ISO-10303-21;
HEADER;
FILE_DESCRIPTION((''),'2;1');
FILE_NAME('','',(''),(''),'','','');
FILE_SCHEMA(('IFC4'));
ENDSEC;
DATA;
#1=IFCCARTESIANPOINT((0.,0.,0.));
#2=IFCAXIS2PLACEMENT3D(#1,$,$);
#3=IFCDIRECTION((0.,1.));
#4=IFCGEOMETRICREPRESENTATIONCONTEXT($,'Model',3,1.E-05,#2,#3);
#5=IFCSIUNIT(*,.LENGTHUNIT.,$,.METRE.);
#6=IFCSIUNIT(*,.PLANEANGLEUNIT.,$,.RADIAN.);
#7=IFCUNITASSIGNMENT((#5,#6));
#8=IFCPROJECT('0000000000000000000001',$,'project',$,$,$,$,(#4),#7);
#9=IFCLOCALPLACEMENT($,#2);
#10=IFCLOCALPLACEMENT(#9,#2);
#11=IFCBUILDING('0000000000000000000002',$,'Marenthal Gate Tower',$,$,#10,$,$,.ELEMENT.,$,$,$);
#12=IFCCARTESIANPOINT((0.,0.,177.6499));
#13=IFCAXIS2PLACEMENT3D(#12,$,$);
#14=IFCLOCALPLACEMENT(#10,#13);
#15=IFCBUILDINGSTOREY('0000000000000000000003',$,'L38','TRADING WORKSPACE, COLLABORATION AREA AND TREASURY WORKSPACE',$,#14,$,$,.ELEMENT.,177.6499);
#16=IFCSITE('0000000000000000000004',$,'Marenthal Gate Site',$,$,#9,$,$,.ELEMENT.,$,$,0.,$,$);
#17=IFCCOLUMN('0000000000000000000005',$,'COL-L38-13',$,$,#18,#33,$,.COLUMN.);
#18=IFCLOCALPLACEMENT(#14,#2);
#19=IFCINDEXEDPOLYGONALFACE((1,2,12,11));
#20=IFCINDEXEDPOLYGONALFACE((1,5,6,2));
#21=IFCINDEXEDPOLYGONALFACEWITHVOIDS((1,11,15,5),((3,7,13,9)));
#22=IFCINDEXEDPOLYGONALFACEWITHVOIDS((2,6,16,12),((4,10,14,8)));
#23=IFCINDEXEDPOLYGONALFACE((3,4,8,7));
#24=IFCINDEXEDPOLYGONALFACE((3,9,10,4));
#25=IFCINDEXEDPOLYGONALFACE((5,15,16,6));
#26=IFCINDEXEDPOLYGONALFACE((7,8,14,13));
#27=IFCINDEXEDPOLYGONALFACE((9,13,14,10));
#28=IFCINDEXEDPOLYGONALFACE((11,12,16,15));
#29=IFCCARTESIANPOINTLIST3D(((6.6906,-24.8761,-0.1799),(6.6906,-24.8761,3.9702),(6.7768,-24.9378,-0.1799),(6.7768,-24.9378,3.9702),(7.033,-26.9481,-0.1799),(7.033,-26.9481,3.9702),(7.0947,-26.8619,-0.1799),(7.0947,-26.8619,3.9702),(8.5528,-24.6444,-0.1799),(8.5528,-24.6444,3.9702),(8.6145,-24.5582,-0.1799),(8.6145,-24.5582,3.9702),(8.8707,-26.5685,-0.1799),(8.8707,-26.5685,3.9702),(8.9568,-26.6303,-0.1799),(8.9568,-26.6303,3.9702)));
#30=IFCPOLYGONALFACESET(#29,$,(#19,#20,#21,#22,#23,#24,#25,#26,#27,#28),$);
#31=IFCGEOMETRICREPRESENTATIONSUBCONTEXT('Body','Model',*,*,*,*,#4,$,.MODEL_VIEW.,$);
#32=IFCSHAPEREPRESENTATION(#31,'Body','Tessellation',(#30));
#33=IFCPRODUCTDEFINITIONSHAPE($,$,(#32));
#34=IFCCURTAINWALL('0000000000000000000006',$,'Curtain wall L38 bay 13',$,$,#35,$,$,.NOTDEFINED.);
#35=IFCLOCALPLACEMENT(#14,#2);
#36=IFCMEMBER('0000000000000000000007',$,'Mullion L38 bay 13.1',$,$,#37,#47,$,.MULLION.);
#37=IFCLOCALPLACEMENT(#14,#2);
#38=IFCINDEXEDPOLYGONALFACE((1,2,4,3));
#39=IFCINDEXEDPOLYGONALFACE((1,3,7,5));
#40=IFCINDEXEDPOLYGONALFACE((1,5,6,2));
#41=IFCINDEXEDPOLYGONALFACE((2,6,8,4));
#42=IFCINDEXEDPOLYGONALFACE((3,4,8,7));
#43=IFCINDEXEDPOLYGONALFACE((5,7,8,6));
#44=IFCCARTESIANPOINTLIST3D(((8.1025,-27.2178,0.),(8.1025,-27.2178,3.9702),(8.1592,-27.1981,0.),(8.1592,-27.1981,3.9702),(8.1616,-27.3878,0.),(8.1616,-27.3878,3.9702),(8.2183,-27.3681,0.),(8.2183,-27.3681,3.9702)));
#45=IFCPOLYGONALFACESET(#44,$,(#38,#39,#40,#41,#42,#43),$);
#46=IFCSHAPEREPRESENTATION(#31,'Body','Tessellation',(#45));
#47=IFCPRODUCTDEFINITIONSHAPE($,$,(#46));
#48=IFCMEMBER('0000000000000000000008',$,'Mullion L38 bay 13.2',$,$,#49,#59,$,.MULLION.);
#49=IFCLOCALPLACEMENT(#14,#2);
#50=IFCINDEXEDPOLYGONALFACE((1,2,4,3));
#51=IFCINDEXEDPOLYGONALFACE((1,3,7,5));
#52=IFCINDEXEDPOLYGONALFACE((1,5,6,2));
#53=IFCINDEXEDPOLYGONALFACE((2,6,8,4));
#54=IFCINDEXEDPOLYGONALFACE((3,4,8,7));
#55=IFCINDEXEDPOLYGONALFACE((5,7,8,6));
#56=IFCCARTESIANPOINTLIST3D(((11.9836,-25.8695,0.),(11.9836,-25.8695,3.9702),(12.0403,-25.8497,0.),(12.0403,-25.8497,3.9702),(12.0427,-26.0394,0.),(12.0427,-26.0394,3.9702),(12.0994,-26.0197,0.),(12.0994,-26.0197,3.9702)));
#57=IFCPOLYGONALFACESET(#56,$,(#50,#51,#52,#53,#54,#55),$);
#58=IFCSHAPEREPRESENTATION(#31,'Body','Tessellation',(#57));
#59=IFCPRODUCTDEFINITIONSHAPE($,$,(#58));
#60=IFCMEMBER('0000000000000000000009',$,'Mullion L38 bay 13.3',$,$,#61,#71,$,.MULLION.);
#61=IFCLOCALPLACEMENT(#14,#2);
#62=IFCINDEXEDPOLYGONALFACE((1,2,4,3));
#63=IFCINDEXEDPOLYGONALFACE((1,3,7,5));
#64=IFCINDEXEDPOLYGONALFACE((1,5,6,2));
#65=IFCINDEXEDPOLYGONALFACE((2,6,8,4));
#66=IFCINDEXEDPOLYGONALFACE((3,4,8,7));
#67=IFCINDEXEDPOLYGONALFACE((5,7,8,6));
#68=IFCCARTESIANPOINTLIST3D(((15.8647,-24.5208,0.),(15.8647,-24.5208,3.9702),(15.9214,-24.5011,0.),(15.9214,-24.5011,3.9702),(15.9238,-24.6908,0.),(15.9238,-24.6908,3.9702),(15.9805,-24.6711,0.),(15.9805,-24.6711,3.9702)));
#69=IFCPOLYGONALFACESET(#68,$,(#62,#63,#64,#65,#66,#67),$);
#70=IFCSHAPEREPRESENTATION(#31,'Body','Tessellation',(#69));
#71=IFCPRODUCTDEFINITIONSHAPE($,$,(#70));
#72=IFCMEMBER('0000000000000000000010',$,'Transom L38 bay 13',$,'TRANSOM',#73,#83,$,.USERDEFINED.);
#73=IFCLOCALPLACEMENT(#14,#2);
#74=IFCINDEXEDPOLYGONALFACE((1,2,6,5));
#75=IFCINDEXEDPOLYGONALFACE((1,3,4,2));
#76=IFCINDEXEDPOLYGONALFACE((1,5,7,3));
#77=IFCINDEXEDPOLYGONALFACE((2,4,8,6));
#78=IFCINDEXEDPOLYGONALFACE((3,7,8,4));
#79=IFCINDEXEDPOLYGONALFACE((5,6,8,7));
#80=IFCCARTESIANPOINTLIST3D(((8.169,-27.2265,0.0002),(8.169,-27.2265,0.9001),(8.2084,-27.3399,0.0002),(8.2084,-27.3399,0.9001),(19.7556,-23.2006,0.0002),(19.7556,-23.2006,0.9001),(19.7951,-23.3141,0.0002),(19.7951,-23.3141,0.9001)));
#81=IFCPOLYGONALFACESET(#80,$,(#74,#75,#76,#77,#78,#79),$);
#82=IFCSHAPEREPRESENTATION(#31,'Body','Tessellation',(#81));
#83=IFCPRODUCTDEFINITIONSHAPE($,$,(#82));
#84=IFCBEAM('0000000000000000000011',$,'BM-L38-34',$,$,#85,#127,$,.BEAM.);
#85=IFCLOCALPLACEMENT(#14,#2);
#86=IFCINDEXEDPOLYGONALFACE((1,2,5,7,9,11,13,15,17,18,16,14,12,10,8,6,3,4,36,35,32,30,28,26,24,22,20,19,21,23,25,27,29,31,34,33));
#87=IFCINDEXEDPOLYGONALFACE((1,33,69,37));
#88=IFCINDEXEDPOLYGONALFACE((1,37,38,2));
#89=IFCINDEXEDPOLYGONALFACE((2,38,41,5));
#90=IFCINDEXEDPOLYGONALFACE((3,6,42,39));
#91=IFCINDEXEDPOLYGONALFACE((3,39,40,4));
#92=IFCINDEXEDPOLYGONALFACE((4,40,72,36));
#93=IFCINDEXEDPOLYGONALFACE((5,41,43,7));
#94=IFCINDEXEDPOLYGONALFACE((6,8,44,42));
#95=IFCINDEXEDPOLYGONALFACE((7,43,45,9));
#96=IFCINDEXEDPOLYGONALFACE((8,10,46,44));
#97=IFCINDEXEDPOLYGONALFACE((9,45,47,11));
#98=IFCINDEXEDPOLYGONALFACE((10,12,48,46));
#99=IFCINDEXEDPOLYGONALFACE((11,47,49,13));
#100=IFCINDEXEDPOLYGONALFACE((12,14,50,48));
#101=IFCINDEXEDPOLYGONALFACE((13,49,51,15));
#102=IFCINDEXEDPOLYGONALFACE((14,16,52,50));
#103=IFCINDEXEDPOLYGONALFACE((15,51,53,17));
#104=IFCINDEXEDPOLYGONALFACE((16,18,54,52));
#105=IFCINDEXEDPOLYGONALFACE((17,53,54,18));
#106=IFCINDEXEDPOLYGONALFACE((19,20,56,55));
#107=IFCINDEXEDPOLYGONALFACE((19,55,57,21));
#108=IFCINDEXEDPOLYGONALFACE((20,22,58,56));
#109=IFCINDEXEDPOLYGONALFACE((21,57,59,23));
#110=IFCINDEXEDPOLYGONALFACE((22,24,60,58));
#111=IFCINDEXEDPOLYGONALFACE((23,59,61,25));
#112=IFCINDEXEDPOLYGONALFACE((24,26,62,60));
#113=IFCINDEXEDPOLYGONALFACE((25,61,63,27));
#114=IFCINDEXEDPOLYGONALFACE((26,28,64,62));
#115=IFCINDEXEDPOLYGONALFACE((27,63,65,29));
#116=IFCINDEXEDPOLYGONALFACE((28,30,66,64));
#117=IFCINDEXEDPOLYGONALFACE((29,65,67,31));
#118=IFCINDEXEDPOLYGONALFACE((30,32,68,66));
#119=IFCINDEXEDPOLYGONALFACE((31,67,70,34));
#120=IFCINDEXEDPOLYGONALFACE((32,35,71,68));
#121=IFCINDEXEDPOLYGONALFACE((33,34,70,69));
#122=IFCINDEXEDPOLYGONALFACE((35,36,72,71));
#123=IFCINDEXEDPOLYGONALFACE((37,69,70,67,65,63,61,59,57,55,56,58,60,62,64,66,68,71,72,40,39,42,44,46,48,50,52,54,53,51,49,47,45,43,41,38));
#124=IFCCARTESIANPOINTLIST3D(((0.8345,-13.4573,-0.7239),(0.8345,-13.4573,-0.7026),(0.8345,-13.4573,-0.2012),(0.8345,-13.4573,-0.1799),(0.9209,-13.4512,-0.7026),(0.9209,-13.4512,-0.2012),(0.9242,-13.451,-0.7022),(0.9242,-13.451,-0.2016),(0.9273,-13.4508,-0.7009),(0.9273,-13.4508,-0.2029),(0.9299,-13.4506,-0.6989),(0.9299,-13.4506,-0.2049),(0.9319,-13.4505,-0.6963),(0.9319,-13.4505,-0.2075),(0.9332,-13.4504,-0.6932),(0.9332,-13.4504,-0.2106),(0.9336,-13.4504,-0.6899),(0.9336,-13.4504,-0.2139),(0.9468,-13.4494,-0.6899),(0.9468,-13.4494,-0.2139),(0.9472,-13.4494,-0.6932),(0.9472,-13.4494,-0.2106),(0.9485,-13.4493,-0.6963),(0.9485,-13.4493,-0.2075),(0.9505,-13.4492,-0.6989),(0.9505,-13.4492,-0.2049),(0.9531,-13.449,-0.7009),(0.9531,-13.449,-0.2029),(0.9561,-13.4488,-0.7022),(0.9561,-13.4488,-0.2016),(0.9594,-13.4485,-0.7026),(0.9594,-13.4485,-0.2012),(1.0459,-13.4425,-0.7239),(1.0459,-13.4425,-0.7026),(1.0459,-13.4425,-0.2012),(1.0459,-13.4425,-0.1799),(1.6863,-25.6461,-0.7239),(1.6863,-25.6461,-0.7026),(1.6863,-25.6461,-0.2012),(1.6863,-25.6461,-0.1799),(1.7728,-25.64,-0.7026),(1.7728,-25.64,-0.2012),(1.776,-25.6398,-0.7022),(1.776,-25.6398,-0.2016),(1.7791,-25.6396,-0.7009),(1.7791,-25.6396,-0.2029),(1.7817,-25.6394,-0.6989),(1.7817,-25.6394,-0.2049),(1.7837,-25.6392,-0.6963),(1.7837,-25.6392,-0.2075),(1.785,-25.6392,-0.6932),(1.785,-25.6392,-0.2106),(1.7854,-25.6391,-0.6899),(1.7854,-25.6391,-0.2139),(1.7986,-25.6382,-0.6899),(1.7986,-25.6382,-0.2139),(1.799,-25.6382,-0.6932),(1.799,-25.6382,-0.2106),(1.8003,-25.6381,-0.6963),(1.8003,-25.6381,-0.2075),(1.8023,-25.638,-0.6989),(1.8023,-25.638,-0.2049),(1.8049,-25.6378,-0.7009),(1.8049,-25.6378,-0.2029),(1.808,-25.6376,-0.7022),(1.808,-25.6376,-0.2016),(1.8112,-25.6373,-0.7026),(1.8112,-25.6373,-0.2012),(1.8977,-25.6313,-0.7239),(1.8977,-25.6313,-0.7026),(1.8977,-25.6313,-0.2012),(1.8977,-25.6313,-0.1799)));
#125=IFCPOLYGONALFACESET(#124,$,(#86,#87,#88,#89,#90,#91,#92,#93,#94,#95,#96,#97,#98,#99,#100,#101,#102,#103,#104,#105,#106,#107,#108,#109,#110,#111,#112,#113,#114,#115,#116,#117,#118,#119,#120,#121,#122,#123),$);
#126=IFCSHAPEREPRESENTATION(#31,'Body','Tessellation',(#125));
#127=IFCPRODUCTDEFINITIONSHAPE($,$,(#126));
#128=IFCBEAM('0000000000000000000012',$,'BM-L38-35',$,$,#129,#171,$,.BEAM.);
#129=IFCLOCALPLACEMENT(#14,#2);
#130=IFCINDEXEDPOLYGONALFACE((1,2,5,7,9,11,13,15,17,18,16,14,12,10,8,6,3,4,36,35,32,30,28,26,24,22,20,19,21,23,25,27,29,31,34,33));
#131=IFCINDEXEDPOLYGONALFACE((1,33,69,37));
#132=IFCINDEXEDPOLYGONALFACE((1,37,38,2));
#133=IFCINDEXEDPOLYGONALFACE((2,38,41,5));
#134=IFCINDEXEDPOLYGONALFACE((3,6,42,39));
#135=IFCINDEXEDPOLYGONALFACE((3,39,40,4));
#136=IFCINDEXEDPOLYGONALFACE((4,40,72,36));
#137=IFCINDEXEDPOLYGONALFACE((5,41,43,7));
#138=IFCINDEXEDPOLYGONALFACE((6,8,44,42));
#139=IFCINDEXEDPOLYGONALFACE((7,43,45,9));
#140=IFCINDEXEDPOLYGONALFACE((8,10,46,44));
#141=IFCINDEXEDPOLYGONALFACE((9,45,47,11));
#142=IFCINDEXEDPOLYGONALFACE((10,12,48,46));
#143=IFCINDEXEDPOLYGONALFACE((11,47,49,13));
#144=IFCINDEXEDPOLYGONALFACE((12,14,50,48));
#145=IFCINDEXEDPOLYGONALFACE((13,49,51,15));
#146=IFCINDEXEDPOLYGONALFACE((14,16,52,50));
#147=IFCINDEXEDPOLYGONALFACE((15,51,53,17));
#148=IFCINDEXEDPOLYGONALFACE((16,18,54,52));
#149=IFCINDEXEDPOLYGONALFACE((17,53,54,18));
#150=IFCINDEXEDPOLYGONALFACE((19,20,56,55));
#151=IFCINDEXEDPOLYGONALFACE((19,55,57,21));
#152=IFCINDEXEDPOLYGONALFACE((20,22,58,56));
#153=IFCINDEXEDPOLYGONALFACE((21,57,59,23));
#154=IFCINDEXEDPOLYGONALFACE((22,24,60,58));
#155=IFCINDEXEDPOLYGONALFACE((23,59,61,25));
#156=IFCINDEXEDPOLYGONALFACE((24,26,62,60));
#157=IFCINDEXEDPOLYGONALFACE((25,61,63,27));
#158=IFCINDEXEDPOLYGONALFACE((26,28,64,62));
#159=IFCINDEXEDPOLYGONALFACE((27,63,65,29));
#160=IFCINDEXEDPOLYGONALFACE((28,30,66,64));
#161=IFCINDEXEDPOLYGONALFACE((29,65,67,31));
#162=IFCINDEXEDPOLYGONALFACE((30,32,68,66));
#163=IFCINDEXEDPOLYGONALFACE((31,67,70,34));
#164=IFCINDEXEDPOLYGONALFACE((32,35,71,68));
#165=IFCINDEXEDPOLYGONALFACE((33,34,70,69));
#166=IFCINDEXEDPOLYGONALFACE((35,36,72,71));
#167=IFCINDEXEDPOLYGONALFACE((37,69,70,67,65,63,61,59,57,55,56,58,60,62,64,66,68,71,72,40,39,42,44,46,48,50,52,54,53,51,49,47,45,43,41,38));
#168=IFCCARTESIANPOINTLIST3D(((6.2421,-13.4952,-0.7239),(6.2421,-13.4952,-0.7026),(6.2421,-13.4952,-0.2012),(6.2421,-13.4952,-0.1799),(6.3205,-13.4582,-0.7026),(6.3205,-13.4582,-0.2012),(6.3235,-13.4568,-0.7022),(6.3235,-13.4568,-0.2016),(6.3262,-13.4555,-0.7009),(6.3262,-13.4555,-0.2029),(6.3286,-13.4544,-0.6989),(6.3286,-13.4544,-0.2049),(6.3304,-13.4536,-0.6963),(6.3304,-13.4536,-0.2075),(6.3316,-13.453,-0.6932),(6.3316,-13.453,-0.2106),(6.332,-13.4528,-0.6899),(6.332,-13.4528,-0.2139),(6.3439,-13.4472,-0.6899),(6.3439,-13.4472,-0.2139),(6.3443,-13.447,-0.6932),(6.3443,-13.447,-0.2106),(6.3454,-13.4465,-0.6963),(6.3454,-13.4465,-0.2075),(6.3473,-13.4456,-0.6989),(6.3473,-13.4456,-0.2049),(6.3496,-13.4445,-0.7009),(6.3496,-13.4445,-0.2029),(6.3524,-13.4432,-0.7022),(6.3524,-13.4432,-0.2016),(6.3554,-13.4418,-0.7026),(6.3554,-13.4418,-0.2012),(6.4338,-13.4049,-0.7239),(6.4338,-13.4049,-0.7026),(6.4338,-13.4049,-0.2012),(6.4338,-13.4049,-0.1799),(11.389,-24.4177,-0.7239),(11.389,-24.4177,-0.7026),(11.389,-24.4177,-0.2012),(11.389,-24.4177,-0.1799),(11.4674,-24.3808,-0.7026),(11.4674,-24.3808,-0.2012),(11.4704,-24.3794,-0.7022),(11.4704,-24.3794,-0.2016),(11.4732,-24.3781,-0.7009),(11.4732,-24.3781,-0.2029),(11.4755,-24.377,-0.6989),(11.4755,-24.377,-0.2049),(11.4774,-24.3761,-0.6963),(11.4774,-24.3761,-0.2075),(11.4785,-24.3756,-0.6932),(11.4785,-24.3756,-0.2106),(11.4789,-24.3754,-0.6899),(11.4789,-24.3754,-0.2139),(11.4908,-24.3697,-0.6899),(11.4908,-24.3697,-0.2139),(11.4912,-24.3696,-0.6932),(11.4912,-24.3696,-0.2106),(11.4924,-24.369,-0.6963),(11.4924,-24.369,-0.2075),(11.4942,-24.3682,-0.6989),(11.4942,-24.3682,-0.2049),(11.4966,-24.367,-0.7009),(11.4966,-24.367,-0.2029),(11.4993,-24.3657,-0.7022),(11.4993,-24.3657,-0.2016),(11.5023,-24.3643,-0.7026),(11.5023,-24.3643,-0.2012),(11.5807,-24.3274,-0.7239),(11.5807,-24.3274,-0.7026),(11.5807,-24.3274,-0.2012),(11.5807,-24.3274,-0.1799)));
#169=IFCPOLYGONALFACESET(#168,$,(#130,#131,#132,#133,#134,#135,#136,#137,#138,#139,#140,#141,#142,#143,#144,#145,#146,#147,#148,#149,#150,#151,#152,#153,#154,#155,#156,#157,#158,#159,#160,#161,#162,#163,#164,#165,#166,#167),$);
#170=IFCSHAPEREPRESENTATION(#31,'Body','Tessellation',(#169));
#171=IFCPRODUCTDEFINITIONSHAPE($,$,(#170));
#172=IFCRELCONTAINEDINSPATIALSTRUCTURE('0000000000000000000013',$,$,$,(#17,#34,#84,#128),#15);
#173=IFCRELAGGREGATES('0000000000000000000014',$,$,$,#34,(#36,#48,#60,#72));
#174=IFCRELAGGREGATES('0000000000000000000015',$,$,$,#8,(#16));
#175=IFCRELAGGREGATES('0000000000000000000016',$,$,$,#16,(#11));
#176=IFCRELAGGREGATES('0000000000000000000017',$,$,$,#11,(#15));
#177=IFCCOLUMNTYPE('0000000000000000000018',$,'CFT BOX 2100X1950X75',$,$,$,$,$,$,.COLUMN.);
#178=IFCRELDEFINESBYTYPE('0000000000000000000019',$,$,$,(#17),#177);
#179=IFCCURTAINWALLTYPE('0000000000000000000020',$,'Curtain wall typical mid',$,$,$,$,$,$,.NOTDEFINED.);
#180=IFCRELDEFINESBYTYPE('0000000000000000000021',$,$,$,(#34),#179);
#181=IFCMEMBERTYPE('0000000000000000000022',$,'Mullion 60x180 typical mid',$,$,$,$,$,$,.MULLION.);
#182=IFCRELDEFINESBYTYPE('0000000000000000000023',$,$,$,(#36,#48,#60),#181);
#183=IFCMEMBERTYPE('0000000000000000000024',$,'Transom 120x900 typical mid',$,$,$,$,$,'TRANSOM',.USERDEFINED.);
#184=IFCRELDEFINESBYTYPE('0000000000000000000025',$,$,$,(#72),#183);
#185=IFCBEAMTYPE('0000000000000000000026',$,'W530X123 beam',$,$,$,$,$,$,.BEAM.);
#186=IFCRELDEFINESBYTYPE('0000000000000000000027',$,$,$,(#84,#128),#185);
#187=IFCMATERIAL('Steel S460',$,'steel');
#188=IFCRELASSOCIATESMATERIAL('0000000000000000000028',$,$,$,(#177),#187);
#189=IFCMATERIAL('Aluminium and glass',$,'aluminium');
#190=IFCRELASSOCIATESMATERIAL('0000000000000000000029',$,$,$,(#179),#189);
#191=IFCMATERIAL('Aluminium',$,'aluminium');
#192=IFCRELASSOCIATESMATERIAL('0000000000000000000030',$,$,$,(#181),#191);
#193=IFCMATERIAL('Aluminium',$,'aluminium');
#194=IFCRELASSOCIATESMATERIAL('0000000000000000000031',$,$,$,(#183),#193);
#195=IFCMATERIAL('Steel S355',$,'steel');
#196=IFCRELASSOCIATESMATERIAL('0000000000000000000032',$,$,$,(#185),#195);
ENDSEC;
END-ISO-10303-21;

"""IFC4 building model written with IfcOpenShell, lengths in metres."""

from ifc_helpers import new_model, si_unit, direction, frame, origin, origin_2d, place, context, subcontext, project, spatial, rectangle, hollow_rectangle, i_section, extrude, material, material_profile, profile_set, type_object, element, aggregate, save


model = new_model("IFC4")

# Units and contexts
model_context = context("Model", 3, precision=1e-05, world=origin(), true_north=direction((0.0, 1.0)))
body_context = subcontext(model_context, "Body", "Model", "MODEL_VIEW")
ifc_project = project(units=[si_unit("LENGTHUNIT", "METRE"), si_unit("PLANEANGLEUNIT", "RADIAN")], contexts=[model_context])

# Site, building, storey
site_placement = place(None, origin())
site = spatial("IfcSite", under=ifc_project, at=site_placement, Name="Marenthal Gate Site", CompositionType="ELEMENT", RefElevation=0.0)
building_placement = place(site_placement, origin())
building = spatial("IfcBuilding", under=site, at=building_placement, Name="Marenthal Gate Tower", CompositionType="ELEMENT")
storey_placement = place(building_placement, frame((0.0, 0.0, 177.6499)))
storey = spatial("IfcBuildingStorey", under=building, at=storey_placement, Name="L38", Description="TRADING WORKSPACE, COLLABORATION AREA AND TREASURY WORKSPACE", CompositionType="ELEMENT", Elevation=177.6499)

# Column
ifc_material_1 = material(Name="Steel S460", Category="steel")
ifc_material_profile_1 = material_profile(ifc_material_1, hollow_rectangle(XDim=1.95, YDim=2.1001, WallThickness=0.075, at=origin_2d()), Name="CFT BOX 2100X1950X75")
ifc_material_2 = material(Name="Concrete 70 MPa", Category="concrete")
ifc_material_profile_2 = material_profile(ifc_material_2, rectangle(XDim=1.8, YDim=1.95, at=origin_2d()), Name="CFT BOX 2100X1950X75 INFILL")
ifc_profile_set_1 = profile_set([ifc_material_profile_1, ifc_material_profile_2], Name="Steel S460 shell, Concrete 70 MPa infill")
column_type = type_object("IfcColumnType", Name="CFT BOX 2100X1950X75", PredefinedType="COLUMN", material=ifc_profile_set_1)
column_placement = place(storey_placement, frame((7.8237, -25.7532, -0.1799), z_axis=(0.0, 0.0, 1.0), x_axis=(-0.986625, -0.163004, 0.0)))
element("IfcColumn", 1, at=column_placement, inside=storey, type_object=column_type, Name="COL-L38-13", PredefinedType="COLUMN", context=body_context, shape_type="SweptSolid", body=[
    extrude(hollow_rectangle(XDim=1.95, YDim=2.1001, WallThickness=0.075, at=origin_2d()), origin(), (0.0, 0.0, 1.0), 4.1501),
])

# Curtain wall, members
ifc_material_3 = material(Name="Aluminium and glass", Category="aluminium")
curtain_wall_type = type_object("IfcCurtainWallType", Name="Curtain wall typical mid", PredefinedType="NOTDEFINED", material=ifc_material_3)
curtain_wall_placement = place(storey_placement, origin())
curtain_wall = element("IfcCurtainWall", 2, at=curtain_wall_placement, inside=storey, type_object=curtain_wall_type, Name="Curtain wall L38 bay 13", PredefinedType="NOTDEFINED")
ifc_material_4 = material(Name="Aluminium", Category="aluminium")
ifc_material_profile_3 = material_profile(ifc_material_4, rectangle(XDim=0.1799, YDim=0.0601, at=origin_2d()), Name="60x180 aluminium mullion")
ifc_profile_set_2 = profile_set([ifc_material_profile_3], Name="Aluminium")
member_type_1 = type_object("IfcMemberType", Name="Mullion 60x180 typical mid", PredefinedType="MULLION", material=ifc_profile_set_2)
member_1_placement = place(storey_placement, frame((8.1604, -27.293, 0.0), z_axis=(0.0, 0.0, 1.0), x_axis=(-0.328211, 0.944604, 0.0)))
member_1 = element("IfcMember", 3, at=member_1_placement, type_object=member_type_1, Name="Mullion L38 bay 13.1", PredefinedType="MULLION", context=body_context, shape_type="SweptSolid", body=[
    extrude(rectangle(XDim=0.1799, YDim=0.0601, at=origin_2d()), origin(), (0.0, 0.0, 1.0), 3.9702),
])
member_2_placement = place(storey_placement, frame((12.0415, -25.9446, 0.0), z_axis=(0.0, 0.0, 1.0), x_axis=(-0.328211, 0.944604, 0.0)))
member_2 = element("IfcMember", 4, at=member_2_placement, type_object=member_type_1, Name="Mullion L38 bay 13.2", PredefinedType="MULLION", context=body_context, shape_type="SweptSolid", body=[
    extrude(rectangle(XDim=0.1799, YDim=0.0601, at=origin_2d()), origin(), (0.0, 0.0, 1.0), 3.9702),
])
member_3_placement = place(storey_placement, frame((15.9226, -24.5959, 0.0), z_axis=(0.0, 0.0, 1.0), x_axis=(-0.328211, 0.944604, 0.0)))
member_3 = element("IfcMember", 5, at=member_3_placement, type_object=member_type_1, Name="Mullion L38 bay 13.3", PredefinedType="MULLION", context=body_context, shape_type="SweptSolid", body=[
    extrude(rectangle(XDim=0.1799, YDim=0.0601, at=origin_2d()), origin(), (0.0, 0.0, 1.0), 3.9702),
])
ifc_material_5 = material(Name="Aluminium", Category="aluminium")
ifc_material_profile_4 = material_profile(ifc_material_5, rectangle(XDim=0.1201, YDim=0.8999, at=origin_2d()), Name="120x900 aluminium transom")
ifc_profile_set_3 = profile_set([ifc_material_profile_4], Name="Aluminium")
member_type_2 = type_object("IfcMemberType", Name="Transom 120x900 typical mid", ElementType="TRANSOM", PredefinedType="USERDEFINED", material=ifc_profile_set_3)
member_4_placement = place(storey_placement, frame((8.1887, -27.2832, 0.4502), z_axis=(0.944605, 0.32821, 0.0), x_axis=(-0.32821, 0.944605, 0.0)))
member_4 = element("IfcMember", 6, at=member_4_placement, type_object=member_type_2, Name="Transom L38 bay 13", ObjectType="TRANSOM", PredefinedType="USERDEFINED", context=body_context, shape_type="SweptSolid", body=[
    extrude(rectangle(XDim=0.1201, YDim=0.8999, at=origin_2d()), origin(), (0.0, 0.0, 1.0), 12.2661),
])

# Beams
ifc_material_6 = material(Name="Steel S355", Category="steel")
ifc_material_profile_5 = material_profile(ifc_material_6, i_section(OverallWidth=0.2119, OverallDepth=0.5439, WebThickness=0.0132, FlangeThickness=0.0212, FilletRadius=0.0127, at=origin_2d()), Name="W530X123")
ifc_profile_set_4 = profile_set([ifc_material_profile_5], Name="Steel S355")
beam_type_1 = type_object("IfcBeamType", Name="W530X123 beam", PredefinedType="BEAM", material=ifc_profile_set_4)
beam_1_placement = place(storey_placement, frame((1.792, -25.6387, -0.4519), z_axis=(-0.069715, 0.997567, 0.0), x_axis=(-0.997567, -0.069715, 0.0)))
element("IfcBeam", 7, at=beam_1_placement, inside=storey, type_object=beam_type_1, Name="BM-L38-34", PredefinedType="BEAM", context=body_context, shape_type="SweptSolid", body=[
    extrude(i_section(OverallWidth=0.2119, OverallDepth=0.5439, WebThickness=0.0132, FlangeThickness=0.0212, FilletRadius=0.0127, at=origin_2d()), origin(), (0.0, 0.0, 1.0), 12.2185),
])
beam_2_placement = place(storey_placement, frame((11.4849, -24.3726, -0.4519), z_axis=(-0.426266, 0.904598, 0.0), x_axis=(-0.904598, -0.426266, 0.0)))
element("IfcBeam", 8, at=beam_2_placement, inside=storey, type_object=beam_type_1, Name="BM-L38-35", PredefinedType="BEAM", context=body_context, shape_type="SweptSolid", body=[
    extrude(i_section(OverallWidth=0.2119, OverallDepth=0.5439, WebThickness=0.0132, FlangeThickness=0.0212, FilletRadius=0.0127, at=origin_2d()), origin(), (0.0, 0.0, 1.0), 12.0745),
])

aggregate(curtain_wall, [member_1, member_2, member_3, member_4])

save(model, "model.ifc")
